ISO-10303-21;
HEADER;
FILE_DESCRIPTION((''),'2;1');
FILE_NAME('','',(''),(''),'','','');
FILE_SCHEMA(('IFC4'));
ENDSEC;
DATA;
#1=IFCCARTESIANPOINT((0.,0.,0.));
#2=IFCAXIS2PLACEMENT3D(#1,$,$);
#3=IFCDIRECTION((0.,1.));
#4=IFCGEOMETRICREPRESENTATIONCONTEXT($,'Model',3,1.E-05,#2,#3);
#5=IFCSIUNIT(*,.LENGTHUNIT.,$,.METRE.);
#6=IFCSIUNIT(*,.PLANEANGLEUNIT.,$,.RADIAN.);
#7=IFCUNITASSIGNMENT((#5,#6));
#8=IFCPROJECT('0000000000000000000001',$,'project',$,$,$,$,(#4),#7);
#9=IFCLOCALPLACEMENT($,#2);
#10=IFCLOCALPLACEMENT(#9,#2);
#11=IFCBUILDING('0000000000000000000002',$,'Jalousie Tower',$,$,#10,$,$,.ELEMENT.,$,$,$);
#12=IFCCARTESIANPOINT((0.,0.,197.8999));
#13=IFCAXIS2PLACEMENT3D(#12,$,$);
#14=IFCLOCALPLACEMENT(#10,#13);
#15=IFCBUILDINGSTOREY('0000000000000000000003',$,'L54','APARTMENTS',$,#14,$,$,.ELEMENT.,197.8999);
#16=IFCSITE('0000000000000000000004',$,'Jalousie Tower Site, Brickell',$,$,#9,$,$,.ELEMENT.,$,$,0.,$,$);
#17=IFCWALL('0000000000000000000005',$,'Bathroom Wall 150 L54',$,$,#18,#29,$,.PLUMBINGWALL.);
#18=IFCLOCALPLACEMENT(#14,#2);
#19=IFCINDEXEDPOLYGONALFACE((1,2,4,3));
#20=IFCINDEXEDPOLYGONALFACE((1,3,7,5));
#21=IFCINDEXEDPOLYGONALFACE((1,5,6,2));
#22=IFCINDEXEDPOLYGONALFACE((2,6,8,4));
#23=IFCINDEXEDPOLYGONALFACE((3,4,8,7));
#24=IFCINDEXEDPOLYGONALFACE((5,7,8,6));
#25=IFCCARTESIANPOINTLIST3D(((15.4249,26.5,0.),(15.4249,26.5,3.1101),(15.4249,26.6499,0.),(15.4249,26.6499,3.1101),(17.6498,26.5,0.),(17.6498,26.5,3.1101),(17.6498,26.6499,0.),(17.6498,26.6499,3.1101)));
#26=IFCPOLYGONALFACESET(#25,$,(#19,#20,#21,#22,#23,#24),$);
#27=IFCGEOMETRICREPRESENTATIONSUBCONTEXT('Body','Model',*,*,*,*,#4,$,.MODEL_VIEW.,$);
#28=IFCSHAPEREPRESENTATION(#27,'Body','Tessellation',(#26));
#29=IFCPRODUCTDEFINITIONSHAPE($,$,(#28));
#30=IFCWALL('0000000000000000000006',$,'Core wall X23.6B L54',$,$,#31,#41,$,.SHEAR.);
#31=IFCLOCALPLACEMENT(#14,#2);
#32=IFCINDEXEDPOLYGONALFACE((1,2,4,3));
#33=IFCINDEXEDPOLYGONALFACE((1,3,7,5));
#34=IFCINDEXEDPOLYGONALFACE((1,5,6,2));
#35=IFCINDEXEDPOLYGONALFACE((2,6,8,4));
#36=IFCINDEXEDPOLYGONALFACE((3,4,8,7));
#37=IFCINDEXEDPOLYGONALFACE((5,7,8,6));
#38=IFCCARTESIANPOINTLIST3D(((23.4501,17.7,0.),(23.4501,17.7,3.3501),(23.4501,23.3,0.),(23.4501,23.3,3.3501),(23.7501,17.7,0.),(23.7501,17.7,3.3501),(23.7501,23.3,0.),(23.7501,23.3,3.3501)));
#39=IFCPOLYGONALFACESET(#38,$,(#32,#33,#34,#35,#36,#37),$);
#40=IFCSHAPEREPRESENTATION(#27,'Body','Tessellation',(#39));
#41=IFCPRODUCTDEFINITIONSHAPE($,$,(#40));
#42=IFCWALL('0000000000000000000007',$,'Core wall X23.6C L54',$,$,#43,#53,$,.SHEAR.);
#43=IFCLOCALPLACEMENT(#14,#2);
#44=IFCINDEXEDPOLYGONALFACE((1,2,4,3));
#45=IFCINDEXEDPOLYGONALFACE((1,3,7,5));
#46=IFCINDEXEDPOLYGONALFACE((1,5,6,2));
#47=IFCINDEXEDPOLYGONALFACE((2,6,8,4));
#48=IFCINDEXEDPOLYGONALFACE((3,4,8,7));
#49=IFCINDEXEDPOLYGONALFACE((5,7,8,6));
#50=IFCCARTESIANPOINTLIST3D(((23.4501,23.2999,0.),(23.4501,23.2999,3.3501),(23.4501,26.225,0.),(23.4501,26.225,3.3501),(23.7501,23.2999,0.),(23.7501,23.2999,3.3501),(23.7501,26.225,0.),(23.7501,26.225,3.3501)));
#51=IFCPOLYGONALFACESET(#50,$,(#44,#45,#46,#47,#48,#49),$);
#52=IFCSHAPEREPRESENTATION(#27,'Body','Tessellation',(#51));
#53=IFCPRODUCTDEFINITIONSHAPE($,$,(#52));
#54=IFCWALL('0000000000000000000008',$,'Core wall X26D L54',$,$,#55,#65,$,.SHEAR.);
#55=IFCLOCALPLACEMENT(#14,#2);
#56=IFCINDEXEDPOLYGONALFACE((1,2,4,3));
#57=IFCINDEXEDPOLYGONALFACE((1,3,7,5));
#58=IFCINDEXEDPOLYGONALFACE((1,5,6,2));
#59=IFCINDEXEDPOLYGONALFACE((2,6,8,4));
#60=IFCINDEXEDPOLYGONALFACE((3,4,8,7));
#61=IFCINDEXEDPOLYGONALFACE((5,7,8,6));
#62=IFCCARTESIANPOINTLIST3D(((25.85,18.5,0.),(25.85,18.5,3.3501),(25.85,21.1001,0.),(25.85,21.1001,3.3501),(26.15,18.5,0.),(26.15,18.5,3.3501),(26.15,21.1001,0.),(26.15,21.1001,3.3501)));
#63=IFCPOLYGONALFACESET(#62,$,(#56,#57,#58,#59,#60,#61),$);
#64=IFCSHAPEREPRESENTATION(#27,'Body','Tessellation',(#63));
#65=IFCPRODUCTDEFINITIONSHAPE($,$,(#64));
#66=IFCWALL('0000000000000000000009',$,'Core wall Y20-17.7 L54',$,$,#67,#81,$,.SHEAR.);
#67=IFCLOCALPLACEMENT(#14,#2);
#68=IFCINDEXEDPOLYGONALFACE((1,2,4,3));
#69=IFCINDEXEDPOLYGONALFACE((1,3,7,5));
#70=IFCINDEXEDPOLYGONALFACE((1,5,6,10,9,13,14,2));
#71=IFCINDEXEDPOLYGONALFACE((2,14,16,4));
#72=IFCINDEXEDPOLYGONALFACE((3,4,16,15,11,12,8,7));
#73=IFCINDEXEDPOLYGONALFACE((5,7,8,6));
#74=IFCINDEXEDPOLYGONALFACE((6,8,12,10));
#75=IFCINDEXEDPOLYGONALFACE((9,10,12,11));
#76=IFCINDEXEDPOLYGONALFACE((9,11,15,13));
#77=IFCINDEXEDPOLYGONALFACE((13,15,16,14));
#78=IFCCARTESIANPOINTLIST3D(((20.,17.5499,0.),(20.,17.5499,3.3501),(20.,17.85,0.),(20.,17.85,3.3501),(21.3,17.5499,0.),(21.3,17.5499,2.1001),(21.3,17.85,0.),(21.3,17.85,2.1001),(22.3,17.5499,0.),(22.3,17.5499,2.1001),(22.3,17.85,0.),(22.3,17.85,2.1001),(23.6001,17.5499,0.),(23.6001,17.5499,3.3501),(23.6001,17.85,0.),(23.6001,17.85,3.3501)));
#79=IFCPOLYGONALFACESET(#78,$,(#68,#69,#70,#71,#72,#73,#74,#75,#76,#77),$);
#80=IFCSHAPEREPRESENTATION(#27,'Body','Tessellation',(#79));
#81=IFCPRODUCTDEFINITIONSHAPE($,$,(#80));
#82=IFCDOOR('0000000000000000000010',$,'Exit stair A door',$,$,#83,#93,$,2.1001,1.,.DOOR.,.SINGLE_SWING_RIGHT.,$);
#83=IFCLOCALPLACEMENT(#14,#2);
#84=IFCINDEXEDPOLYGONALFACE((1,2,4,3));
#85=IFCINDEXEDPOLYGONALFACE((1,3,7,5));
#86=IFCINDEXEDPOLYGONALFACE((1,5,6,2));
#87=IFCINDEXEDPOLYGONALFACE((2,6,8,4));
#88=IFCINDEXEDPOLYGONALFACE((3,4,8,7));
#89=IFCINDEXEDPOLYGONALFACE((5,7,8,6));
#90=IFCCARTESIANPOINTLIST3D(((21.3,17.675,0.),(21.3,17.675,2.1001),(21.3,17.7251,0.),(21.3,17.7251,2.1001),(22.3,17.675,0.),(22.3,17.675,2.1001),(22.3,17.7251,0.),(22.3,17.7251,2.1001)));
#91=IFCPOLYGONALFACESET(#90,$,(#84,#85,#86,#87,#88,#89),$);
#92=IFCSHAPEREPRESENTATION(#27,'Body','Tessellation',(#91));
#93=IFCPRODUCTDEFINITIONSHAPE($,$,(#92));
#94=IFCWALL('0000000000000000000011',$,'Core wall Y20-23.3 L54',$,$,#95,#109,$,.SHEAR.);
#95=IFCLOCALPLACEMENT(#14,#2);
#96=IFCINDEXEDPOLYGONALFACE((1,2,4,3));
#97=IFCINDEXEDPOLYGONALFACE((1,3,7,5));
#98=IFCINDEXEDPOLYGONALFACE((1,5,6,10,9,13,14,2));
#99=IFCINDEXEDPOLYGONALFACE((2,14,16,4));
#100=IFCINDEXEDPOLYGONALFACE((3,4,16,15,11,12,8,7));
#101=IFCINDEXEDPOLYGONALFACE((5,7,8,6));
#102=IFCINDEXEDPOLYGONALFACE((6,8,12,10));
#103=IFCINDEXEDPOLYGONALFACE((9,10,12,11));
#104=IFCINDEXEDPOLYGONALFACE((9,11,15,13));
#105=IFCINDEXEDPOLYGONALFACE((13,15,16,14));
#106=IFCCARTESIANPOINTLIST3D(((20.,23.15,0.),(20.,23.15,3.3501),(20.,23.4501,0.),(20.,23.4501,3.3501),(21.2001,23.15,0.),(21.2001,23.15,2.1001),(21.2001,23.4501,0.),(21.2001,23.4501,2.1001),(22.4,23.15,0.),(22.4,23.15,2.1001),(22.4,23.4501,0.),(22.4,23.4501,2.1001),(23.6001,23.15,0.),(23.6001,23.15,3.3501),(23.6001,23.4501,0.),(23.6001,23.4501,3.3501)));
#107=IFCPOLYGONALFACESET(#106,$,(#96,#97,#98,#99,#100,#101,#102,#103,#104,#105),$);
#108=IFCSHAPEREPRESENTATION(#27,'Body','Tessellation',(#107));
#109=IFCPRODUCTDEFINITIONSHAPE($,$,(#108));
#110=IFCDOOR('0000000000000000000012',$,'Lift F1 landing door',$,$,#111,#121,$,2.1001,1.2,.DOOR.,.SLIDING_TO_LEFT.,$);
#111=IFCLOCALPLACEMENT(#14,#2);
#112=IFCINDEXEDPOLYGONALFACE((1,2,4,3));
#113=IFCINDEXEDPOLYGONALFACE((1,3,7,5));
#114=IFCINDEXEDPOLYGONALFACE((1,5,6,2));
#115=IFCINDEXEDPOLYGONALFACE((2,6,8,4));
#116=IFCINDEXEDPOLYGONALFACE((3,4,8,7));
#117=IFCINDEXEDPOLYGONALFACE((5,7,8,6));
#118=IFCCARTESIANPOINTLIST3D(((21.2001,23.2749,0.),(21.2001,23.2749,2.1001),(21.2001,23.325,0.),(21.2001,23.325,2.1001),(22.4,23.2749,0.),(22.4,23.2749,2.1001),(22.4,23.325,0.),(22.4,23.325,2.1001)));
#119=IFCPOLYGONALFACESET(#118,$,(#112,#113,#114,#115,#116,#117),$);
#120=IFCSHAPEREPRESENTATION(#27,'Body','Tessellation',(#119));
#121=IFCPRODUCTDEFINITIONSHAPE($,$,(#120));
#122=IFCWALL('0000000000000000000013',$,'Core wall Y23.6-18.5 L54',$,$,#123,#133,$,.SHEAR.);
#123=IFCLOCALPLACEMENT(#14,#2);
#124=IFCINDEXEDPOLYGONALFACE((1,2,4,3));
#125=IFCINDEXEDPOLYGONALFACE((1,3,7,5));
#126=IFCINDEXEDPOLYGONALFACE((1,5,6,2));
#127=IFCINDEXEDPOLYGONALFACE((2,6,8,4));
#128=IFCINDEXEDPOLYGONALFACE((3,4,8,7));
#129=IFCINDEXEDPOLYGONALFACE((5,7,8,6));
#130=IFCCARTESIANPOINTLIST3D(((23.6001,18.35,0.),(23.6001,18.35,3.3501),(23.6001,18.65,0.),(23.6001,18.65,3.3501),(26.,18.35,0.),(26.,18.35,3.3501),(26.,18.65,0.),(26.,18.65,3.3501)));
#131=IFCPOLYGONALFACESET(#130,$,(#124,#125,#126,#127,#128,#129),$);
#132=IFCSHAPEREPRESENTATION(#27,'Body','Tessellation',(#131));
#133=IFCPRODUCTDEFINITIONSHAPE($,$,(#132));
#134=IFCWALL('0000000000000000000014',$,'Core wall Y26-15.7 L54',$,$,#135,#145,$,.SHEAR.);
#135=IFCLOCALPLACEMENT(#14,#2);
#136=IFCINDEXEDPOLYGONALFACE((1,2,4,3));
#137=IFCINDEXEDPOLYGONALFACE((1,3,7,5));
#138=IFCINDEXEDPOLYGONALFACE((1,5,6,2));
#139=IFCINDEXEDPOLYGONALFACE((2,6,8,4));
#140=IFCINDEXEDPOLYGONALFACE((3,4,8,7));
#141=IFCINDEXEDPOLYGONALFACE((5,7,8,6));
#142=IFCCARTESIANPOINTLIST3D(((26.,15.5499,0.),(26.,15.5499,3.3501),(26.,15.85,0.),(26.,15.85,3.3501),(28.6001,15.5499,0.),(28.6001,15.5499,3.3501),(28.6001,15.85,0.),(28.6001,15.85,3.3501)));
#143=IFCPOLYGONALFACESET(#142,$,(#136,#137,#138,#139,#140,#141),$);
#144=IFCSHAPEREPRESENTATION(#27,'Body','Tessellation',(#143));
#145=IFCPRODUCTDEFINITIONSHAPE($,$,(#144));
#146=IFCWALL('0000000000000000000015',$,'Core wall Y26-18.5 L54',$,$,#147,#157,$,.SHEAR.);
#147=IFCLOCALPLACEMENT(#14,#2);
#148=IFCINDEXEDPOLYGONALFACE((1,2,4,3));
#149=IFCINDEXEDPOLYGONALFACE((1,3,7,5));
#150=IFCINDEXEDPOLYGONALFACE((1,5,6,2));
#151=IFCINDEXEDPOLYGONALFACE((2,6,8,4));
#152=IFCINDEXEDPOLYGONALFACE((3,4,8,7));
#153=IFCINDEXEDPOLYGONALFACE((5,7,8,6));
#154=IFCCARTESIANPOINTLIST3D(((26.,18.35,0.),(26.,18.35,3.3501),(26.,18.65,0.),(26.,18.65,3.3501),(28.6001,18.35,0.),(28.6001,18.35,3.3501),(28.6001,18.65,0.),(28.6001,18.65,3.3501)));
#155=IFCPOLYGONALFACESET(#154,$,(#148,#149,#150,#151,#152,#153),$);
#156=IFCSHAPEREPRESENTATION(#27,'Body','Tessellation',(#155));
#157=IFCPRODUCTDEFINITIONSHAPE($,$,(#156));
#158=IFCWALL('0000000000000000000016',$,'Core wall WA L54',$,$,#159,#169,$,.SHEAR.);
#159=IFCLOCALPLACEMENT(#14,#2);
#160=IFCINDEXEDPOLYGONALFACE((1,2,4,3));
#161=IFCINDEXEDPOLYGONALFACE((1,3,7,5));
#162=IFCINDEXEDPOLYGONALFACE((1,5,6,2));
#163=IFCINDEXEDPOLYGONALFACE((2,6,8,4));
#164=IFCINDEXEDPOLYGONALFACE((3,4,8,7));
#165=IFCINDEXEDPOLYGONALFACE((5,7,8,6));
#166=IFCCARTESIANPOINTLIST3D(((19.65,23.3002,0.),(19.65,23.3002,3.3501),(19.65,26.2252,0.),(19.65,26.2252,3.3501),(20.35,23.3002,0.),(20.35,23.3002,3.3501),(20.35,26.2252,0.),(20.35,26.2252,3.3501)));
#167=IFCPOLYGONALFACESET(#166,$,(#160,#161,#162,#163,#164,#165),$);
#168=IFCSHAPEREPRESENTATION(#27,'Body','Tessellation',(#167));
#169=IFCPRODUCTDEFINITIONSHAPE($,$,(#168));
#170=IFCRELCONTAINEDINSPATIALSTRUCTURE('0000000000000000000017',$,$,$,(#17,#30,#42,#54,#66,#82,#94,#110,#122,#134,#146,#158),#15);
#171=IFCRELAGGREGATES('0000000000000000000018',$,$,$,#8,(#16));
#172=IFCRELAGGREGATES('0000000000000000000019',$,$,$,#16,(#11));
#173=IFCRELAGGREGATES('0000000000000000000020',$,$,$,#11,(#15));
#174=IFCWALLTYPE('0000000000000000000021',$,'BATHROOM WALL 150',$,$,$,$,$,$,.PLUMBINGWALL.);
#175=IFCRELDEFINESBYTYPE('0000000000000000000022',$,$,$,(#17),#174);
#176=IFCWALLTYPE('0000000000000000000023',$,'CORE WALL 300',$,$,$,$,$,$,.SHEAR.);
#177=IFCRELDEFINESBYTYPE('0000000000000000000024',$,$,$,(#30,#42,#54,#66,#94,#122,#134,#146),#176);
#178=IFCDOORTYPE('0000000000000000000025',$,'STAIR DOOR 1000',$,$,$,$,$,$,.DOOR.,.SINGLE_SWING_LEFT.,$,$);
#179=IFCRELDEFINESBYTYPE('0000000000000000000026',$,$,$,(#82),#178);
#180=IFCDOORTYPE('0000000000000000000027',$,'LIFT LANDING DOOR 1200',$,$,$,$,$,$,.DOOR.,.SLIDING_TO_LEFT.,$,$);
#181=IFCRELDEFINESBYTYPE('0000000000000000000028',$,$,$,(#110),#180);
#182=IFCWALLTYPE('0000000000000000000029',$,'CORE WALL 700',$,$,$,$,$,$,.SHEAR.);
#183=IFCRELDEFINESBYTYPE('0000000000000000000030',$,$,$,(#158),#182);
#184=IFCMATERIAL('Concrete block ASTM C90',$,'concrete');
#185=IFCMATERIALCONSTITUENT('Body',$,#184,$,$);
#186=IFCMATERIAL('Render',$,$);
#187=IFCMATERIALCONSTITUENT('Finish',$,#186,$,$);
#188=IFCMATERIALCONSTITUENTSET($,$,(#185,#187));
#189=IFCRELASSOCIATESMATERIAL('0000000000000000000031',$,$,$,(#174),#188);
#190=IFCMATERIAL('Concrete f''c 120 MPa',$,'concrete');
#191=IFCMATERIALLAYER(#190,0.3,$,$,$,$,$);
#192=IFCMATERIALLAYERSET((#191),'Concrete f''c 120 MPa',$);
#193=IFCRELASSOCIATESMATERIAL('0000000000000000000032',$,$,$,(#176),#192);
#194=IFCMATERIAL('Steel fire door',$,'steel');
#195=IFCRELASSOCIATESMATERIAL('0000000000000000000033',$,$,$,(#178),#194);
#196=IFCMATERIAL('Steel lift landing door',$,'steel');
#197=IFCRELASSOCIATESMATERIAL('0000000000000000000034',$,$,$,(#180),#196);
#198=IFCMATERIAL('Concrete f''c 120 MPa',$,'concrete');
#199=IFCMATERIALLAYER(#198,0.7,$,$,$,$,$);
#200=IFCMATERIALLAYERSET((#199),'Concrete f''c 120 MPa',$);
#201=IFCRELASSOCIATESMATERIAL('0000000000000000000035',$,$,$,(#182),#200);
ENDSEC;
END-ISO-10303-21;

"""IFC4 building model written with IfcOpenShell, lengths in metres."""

from ifc_helpers import new_model, si_unit, direction, frame, frame_2d, origin, place, context, subcontext, project, spatial, rectangle, extrude, material, layer, layer_set, constituent, constituent_set, type_object, element, fill, save


model = new_model("IFC4")

# Units and contexts
model_context = context("Model", 3, precision=1e-05, world=origin(), true_north=direction((0.0, 1.0)))
body_context = subcontext(model_context, "Body", "Model", "MODEL_VIEW")
ifc_project = project(units=[si_unit("LENGTHUNIT", "METRE"), si_unit("PLANEANGLEUNIT", "RADIAN")], contexts=[model_context])

# Site, building, storey
site_placement = place(None, origin())
site = spatial("IfcSite", under=ifc_project, at=site_placement, Name="Jalousie Tower Site, Brickell", CompositionType="ELEMENT", RefElevation=0.0)
building_placement = place(site_placement, origin())
building = spatial("IfcBuilding", under=site, at=building_placement, Name="Jalousie Tower", CompositionType="ELEMENT")
storey_placement = place(building_placement, frame((0.0, 0.0, 197.8999)))
storey = spatial("IfcBuildingStorey", under=building, at=storey_placement, Name="L54", Description="APARTMENTS", CompositionType="ELEMENT", Elevation=197.8999)

# Walls
ifc_material_1 = material(Name="Concrete block ASTM C90", Category="concrete")
ifc_constituent_1 = constituent(ifc_material_1, Name="Body")
ifc_material_2 = material(Name="Render")
ifc_constituent_2 = constituent(ifc_material_2, Name="Finish")
ifc_constituent_set = constituent_set(constituents=[ifc_constituent_1, ifc_constituent_2])
wall_type_1 = type_object("IfcWallType", Name="BATHROOM WALL 150", PredefinedType="PLUMBINGWALL", material=ifc_constituent_set)
wall_1_placement = place(storey_placement, frame((15.425, 26.575, 0.0), z_axis=(0.0, 0.0, 1.0), x_axis=(1.0, 0.0, 0.0)))
element("IfcWall", 1, at=wall_1_placement, inside=storey, type_object=wall_type_1, Name="Bathroom Wall 150 L54", PredefinedType="PLUMBINGWALL", context=body_context, shape_type="SweptSolid", body=[
    extrude(rectangle(XDim=2.2249, YDim=0.1499, at=frame_2d((1.1123, 0.0))), origin(), (0.0, 0.0, 1.0), 3.1101),
])
ifc_material_3 = material(Name="Concrete f'c 120 MPa", Category="concrete")
ifc_layer_1 = layer(ifc_material_3, 0.3)
ifc_layer_set_1 = layer_set([ifc_layer_1], Name="Concrete f'c 120 MPa")
wall_type_2 = type_object("IfcWallType", Name="CORE WALL 300", PredefinedType="SHEAR", material=ifc_layer_set_1)
wall_2_placement = place(storey_placement, frame((23.6001, 17.7, 0.0), z_axis=(0.0, 0.0, 1.0), x_axis=(0.0, 1.0, 0.0)))
element("IfcWall", 2, at=wall_2_placement, inside=storey, type_object=wall_type_2, Name="Core wall X23.6B L54", PredefinedType="SHEAR", context=body_context, shape_type="SweptSolid", body=[
    extrude(rectangle(XDim=5.6001, YDim=0.3, at=frame_2d((2.8, 0.0))), origin(), (0.0, 0.0, 1.0), 3.3501),
])
wall_3_placement = place(storey_placement, frame((23.6001, 23.3, 0.0), z_axis=(0.0, 0.0, 1.0), x_axis=(0.0, 1.0, 0.0)))
element("IfcWall", 3, at=wall_3_placement, inside=storey, type_object=wall_type_2, Name="Core wall X23.6C L54", PredefinedType="SHEAR", context=body_context, shape_type="SweptSolid", body=[
    extrude(rectangle(XDim=2.925, YDim=0.3, at=frame_2d((1.4624, 0.0))), origin(), (0.0, 0.0, 1.0), 3.3501),
])
wall_4_placement = place(storey_placement, frame((26.0, 18.5, 0.0), z_axis=(0.0, 0.0, 1.0), x_axis=(0.0, 1.0, 0.0)))
element("IfcWall", 4, at=wall_4_placement, inside=storey, type_object=wall_type_2, Name="Core wall X26D L54", PredefinedType="SHEAR", context=body_context, shape_type="SweptSolid", body=[
    extrude(rectangle(XDim=2.6001, YDim=0.3, at=frame_2d((1.3, 0.0))), origin(), (0.0, 0.0, 1.0), 3.3501),
])

# Walls, openings, doors
wall_5_placement = place(storey_placement, frame((20.0, 17.7, 0.0), z_axis=(0.0, 0.0, 1.0), x_axis=(1.0, 0.0, 0.0)))
wall_5 = element("IfcWall", 5, at=wall_5_placement, inside=storey, type_object=wall_type_2, Name="Core wall Y20-17.7 L54", PredefinedType="SHEAR", context=body_context, shape_type="SweptSolid", body=[
    extrude(rectangle(XDim=3.6001, YDim=0.3, at=frame_2d((1.8, 0.0))), origin(), (0.0, 0.0, 1.0), 3.3501),
])
opening_1_placement = place(wall_5_placement, frame((1.3, 0.0, 0.0)))
opening_1 = element("IfcOpeningElement", 6, at=opening_1_placement, cuts=wall_5, PredefinedType="OPENING", context=body_context, shape_type="SweptSolid", body=[
    extrude(rectangle(XDim=1.0, YDim=2.1001, at=frame_2d((0.5, 1.05))), frame((0.0, 0.1599, 0.0), z_axis=(0.0, -1.0, 0.0), x_axis=(1.0, 0.0, 0.0)), (0.0, 0.0, 1.0), 0.3201),
])
ifc_material_4 = material(Name="Steel fire door", Category="steel")
door_type_1 = type_object("IfcDoorType", Name="STAIR DOOR 1000", OperationType="SINGLE_SWING_LEFT", PredefinedType="DOOR", material=ifc_material_4)
door_1_placement = place(opening_1_placement, frame((1.0, 0.0, 0.0), z_axis=(0.0, 0.0, 1.0), x_axis=(-1.0, 0.0, 0.0)))
door_1 = element("IfcDoor", 7, at=door_1_placement, inside=storey, type_object=door_type_1, Name="Exit stair A door", OperationType="SINGLE_SWING_RIGHT", OverallHeight=2.1001, OverallWidth=1.0, PredefinedType="DOOR", context=body_context, shape_type="SweptSolid", body=[
    extrude(rectangle(XDim=1.0, YDim=2.1001, at=frame_2d((0.5, 1.05))), frame((0.0, 0.0249, 0.0), z_axis=(0.0, -1.0, 0.0), x_axis=(1.0, 0.0, 0.0)), (0.0, 0.0, 1.0), 0.05),
])
fill(opening_1, door_1)
wall_6_placement = place(storey_placement, frame((20.0, 23.3, 0.0), z_axis=(0.0, 0.0, 1.0), x_axis=(1.0, 0.0, 0.0)))
wall_6 = element("IfcWall", 8, at=wall_6_placement, inside=storey, type_object=wall_type_2, Name="Core wall Y20-23.3 L54", PredefinedType="SHEAR", context=body_context, shape_type="SweptSolid", body=[
    extrude(rectangle(XDim=3.6001, YDim=0.3, at=frame_2d((1.8, 0.0))), origin(), (0.0, 0.0, 1.0), 3.3501),
])
opening_2_placement = place(wall_6_placement, frame((1.2, 0.0, 0.0)))
opening_2 = element("IfcOpeningElement", 9, at=opening_2_placement, cuts=wall_6, PredefinedType="OPENING", context=body_context, shape_type="SweptSolid", body=[
    extrude(rectangle(XDim=1.2, YDim=2.1001, at=frame_2d((0.6001, 1.05))), frame((0.0, 0.1599, 0.0), z_axis=(0.0, -1.0, 0.0), x_axis=(1.0, 0.0, 0.0)), (0.0, 0.0, 1.0), 0.3201),
])
ifc_material_5 = material(Name="Steel lift landing door", Category="steel")
door_type_2 = type_object("IfcDoorType", Name="LIFT LANDING DOOR 1200", OperationType="SLIDING_TO_LEFT", PredefinedType="DOOR", material=ifc_material_5)
door_2_placement = place(opening_2_placement, origin())
door_2 = element("IfcDoor", 10, at=door_2_placement, inside=storey, type_object=door_type_2, Name="Lift F1 landing door", OperationType="SLIDING_TO_LEFT", OverallHeight=2.1001, OverallWidth=1.2, PredefinedType="DOOR", context=body_context, shape_type="SweptSolid", body=[
    extrude(rectangle(XDim=1.2, YDim=2.1001, at=frame_2d((0.6001, 1.05))), frame((0.0, 0.0249, 0.0), z_axis=(0.0, -1.0, 0.0), x_axis=(1.0, 0.0, 0.0)), (0.0, 0.0, 1.0), 0.05),
])
fill(opening_2, door_2)

# Walls
wall_7_placement = place(storey_placement, frame((23.6001, 18.5, 0.0), z_axis=(0.0, 0.0, 1.0), x_axis=(1.0, 0.0, 0.0)))
element("IfcWall", 11, at=wall_7_placement, inside=storey, type_object=wall_type_2, Name="Core wall Y23.6-18.5 L54", PredefinedType="SHEAR", context=body_context, shape_type="SweptSolid", body=[
    extrude(rectangle(XDim=2.3999, YDim=0.3, at=frame_2d((1.2, 0.0))), origin(), (0.0, 0.0, 1.0), 3.3501),
])
for number, where, z_axis, x_axis, name in (
    (12, (26.0, 15.7, 0.0), (0.0, 0.0, 1.0), (1.0, 0.0, 0.0), "Core wall Y26-15.7 L54"),
    (13, (26.0, 18.5, 0.0), (0.0, 0.0, 1.0), (1.0, 0.0, 0.0), "Core wall Y26-18.5 L54"),
):
    element("IfcWall", number, at=place(storey_placement, frame(where, z_axis=z_axis, x_axis=x_axis)), inside=storey, type_object=wall_type_2, Name=name, PredefinedType="SHEAR", context=body_context, shape_type="SweptSolid", body=[
        extrude(rectangle(XDim=2.6001, YDim=0.3, at=frame_2d((1.3, 0.0))), origin(), (0.0, 0.0, 1.0), 3.3501),
    ])
ifc_material_6 = material(Name="Concrete f'c 120 MPa", Category="concrete")
ifc_layer_2 = layer(ifc_material_6, 0.7)
ifc_layer_set_2 = layer_set([ifc_layer_2], Name="Concrete f'c 120 MPa")
wall_type_3 = type_object("IfcWallType", Name="CORE WALL 700", PredefinedType="SHEAR", material=ifc_layer_set_2)
wall_8_placement = place(storey_placement, frame((20.0, 26.2251, 0.0), z_axis=(0.0, 0.0, 1.0), x_axis=(0.0, -1.0, 0.0)))
element("IfcWall", 14, at=wall_8_placement, inside=storey, type_object=wall_type_3, Name="Core wall WA L54", PredefinedType="SHEAR", context=body_context, shape_type="SweptSolid", body=[
    extrude(rectangle(XDim=2.925, YDim=0.7, at=frame_2d((1.4624, 0.0))), origin(), (0.0, 0.0, 1.0), 3.3501),
])

save(model, "model.ifc")
